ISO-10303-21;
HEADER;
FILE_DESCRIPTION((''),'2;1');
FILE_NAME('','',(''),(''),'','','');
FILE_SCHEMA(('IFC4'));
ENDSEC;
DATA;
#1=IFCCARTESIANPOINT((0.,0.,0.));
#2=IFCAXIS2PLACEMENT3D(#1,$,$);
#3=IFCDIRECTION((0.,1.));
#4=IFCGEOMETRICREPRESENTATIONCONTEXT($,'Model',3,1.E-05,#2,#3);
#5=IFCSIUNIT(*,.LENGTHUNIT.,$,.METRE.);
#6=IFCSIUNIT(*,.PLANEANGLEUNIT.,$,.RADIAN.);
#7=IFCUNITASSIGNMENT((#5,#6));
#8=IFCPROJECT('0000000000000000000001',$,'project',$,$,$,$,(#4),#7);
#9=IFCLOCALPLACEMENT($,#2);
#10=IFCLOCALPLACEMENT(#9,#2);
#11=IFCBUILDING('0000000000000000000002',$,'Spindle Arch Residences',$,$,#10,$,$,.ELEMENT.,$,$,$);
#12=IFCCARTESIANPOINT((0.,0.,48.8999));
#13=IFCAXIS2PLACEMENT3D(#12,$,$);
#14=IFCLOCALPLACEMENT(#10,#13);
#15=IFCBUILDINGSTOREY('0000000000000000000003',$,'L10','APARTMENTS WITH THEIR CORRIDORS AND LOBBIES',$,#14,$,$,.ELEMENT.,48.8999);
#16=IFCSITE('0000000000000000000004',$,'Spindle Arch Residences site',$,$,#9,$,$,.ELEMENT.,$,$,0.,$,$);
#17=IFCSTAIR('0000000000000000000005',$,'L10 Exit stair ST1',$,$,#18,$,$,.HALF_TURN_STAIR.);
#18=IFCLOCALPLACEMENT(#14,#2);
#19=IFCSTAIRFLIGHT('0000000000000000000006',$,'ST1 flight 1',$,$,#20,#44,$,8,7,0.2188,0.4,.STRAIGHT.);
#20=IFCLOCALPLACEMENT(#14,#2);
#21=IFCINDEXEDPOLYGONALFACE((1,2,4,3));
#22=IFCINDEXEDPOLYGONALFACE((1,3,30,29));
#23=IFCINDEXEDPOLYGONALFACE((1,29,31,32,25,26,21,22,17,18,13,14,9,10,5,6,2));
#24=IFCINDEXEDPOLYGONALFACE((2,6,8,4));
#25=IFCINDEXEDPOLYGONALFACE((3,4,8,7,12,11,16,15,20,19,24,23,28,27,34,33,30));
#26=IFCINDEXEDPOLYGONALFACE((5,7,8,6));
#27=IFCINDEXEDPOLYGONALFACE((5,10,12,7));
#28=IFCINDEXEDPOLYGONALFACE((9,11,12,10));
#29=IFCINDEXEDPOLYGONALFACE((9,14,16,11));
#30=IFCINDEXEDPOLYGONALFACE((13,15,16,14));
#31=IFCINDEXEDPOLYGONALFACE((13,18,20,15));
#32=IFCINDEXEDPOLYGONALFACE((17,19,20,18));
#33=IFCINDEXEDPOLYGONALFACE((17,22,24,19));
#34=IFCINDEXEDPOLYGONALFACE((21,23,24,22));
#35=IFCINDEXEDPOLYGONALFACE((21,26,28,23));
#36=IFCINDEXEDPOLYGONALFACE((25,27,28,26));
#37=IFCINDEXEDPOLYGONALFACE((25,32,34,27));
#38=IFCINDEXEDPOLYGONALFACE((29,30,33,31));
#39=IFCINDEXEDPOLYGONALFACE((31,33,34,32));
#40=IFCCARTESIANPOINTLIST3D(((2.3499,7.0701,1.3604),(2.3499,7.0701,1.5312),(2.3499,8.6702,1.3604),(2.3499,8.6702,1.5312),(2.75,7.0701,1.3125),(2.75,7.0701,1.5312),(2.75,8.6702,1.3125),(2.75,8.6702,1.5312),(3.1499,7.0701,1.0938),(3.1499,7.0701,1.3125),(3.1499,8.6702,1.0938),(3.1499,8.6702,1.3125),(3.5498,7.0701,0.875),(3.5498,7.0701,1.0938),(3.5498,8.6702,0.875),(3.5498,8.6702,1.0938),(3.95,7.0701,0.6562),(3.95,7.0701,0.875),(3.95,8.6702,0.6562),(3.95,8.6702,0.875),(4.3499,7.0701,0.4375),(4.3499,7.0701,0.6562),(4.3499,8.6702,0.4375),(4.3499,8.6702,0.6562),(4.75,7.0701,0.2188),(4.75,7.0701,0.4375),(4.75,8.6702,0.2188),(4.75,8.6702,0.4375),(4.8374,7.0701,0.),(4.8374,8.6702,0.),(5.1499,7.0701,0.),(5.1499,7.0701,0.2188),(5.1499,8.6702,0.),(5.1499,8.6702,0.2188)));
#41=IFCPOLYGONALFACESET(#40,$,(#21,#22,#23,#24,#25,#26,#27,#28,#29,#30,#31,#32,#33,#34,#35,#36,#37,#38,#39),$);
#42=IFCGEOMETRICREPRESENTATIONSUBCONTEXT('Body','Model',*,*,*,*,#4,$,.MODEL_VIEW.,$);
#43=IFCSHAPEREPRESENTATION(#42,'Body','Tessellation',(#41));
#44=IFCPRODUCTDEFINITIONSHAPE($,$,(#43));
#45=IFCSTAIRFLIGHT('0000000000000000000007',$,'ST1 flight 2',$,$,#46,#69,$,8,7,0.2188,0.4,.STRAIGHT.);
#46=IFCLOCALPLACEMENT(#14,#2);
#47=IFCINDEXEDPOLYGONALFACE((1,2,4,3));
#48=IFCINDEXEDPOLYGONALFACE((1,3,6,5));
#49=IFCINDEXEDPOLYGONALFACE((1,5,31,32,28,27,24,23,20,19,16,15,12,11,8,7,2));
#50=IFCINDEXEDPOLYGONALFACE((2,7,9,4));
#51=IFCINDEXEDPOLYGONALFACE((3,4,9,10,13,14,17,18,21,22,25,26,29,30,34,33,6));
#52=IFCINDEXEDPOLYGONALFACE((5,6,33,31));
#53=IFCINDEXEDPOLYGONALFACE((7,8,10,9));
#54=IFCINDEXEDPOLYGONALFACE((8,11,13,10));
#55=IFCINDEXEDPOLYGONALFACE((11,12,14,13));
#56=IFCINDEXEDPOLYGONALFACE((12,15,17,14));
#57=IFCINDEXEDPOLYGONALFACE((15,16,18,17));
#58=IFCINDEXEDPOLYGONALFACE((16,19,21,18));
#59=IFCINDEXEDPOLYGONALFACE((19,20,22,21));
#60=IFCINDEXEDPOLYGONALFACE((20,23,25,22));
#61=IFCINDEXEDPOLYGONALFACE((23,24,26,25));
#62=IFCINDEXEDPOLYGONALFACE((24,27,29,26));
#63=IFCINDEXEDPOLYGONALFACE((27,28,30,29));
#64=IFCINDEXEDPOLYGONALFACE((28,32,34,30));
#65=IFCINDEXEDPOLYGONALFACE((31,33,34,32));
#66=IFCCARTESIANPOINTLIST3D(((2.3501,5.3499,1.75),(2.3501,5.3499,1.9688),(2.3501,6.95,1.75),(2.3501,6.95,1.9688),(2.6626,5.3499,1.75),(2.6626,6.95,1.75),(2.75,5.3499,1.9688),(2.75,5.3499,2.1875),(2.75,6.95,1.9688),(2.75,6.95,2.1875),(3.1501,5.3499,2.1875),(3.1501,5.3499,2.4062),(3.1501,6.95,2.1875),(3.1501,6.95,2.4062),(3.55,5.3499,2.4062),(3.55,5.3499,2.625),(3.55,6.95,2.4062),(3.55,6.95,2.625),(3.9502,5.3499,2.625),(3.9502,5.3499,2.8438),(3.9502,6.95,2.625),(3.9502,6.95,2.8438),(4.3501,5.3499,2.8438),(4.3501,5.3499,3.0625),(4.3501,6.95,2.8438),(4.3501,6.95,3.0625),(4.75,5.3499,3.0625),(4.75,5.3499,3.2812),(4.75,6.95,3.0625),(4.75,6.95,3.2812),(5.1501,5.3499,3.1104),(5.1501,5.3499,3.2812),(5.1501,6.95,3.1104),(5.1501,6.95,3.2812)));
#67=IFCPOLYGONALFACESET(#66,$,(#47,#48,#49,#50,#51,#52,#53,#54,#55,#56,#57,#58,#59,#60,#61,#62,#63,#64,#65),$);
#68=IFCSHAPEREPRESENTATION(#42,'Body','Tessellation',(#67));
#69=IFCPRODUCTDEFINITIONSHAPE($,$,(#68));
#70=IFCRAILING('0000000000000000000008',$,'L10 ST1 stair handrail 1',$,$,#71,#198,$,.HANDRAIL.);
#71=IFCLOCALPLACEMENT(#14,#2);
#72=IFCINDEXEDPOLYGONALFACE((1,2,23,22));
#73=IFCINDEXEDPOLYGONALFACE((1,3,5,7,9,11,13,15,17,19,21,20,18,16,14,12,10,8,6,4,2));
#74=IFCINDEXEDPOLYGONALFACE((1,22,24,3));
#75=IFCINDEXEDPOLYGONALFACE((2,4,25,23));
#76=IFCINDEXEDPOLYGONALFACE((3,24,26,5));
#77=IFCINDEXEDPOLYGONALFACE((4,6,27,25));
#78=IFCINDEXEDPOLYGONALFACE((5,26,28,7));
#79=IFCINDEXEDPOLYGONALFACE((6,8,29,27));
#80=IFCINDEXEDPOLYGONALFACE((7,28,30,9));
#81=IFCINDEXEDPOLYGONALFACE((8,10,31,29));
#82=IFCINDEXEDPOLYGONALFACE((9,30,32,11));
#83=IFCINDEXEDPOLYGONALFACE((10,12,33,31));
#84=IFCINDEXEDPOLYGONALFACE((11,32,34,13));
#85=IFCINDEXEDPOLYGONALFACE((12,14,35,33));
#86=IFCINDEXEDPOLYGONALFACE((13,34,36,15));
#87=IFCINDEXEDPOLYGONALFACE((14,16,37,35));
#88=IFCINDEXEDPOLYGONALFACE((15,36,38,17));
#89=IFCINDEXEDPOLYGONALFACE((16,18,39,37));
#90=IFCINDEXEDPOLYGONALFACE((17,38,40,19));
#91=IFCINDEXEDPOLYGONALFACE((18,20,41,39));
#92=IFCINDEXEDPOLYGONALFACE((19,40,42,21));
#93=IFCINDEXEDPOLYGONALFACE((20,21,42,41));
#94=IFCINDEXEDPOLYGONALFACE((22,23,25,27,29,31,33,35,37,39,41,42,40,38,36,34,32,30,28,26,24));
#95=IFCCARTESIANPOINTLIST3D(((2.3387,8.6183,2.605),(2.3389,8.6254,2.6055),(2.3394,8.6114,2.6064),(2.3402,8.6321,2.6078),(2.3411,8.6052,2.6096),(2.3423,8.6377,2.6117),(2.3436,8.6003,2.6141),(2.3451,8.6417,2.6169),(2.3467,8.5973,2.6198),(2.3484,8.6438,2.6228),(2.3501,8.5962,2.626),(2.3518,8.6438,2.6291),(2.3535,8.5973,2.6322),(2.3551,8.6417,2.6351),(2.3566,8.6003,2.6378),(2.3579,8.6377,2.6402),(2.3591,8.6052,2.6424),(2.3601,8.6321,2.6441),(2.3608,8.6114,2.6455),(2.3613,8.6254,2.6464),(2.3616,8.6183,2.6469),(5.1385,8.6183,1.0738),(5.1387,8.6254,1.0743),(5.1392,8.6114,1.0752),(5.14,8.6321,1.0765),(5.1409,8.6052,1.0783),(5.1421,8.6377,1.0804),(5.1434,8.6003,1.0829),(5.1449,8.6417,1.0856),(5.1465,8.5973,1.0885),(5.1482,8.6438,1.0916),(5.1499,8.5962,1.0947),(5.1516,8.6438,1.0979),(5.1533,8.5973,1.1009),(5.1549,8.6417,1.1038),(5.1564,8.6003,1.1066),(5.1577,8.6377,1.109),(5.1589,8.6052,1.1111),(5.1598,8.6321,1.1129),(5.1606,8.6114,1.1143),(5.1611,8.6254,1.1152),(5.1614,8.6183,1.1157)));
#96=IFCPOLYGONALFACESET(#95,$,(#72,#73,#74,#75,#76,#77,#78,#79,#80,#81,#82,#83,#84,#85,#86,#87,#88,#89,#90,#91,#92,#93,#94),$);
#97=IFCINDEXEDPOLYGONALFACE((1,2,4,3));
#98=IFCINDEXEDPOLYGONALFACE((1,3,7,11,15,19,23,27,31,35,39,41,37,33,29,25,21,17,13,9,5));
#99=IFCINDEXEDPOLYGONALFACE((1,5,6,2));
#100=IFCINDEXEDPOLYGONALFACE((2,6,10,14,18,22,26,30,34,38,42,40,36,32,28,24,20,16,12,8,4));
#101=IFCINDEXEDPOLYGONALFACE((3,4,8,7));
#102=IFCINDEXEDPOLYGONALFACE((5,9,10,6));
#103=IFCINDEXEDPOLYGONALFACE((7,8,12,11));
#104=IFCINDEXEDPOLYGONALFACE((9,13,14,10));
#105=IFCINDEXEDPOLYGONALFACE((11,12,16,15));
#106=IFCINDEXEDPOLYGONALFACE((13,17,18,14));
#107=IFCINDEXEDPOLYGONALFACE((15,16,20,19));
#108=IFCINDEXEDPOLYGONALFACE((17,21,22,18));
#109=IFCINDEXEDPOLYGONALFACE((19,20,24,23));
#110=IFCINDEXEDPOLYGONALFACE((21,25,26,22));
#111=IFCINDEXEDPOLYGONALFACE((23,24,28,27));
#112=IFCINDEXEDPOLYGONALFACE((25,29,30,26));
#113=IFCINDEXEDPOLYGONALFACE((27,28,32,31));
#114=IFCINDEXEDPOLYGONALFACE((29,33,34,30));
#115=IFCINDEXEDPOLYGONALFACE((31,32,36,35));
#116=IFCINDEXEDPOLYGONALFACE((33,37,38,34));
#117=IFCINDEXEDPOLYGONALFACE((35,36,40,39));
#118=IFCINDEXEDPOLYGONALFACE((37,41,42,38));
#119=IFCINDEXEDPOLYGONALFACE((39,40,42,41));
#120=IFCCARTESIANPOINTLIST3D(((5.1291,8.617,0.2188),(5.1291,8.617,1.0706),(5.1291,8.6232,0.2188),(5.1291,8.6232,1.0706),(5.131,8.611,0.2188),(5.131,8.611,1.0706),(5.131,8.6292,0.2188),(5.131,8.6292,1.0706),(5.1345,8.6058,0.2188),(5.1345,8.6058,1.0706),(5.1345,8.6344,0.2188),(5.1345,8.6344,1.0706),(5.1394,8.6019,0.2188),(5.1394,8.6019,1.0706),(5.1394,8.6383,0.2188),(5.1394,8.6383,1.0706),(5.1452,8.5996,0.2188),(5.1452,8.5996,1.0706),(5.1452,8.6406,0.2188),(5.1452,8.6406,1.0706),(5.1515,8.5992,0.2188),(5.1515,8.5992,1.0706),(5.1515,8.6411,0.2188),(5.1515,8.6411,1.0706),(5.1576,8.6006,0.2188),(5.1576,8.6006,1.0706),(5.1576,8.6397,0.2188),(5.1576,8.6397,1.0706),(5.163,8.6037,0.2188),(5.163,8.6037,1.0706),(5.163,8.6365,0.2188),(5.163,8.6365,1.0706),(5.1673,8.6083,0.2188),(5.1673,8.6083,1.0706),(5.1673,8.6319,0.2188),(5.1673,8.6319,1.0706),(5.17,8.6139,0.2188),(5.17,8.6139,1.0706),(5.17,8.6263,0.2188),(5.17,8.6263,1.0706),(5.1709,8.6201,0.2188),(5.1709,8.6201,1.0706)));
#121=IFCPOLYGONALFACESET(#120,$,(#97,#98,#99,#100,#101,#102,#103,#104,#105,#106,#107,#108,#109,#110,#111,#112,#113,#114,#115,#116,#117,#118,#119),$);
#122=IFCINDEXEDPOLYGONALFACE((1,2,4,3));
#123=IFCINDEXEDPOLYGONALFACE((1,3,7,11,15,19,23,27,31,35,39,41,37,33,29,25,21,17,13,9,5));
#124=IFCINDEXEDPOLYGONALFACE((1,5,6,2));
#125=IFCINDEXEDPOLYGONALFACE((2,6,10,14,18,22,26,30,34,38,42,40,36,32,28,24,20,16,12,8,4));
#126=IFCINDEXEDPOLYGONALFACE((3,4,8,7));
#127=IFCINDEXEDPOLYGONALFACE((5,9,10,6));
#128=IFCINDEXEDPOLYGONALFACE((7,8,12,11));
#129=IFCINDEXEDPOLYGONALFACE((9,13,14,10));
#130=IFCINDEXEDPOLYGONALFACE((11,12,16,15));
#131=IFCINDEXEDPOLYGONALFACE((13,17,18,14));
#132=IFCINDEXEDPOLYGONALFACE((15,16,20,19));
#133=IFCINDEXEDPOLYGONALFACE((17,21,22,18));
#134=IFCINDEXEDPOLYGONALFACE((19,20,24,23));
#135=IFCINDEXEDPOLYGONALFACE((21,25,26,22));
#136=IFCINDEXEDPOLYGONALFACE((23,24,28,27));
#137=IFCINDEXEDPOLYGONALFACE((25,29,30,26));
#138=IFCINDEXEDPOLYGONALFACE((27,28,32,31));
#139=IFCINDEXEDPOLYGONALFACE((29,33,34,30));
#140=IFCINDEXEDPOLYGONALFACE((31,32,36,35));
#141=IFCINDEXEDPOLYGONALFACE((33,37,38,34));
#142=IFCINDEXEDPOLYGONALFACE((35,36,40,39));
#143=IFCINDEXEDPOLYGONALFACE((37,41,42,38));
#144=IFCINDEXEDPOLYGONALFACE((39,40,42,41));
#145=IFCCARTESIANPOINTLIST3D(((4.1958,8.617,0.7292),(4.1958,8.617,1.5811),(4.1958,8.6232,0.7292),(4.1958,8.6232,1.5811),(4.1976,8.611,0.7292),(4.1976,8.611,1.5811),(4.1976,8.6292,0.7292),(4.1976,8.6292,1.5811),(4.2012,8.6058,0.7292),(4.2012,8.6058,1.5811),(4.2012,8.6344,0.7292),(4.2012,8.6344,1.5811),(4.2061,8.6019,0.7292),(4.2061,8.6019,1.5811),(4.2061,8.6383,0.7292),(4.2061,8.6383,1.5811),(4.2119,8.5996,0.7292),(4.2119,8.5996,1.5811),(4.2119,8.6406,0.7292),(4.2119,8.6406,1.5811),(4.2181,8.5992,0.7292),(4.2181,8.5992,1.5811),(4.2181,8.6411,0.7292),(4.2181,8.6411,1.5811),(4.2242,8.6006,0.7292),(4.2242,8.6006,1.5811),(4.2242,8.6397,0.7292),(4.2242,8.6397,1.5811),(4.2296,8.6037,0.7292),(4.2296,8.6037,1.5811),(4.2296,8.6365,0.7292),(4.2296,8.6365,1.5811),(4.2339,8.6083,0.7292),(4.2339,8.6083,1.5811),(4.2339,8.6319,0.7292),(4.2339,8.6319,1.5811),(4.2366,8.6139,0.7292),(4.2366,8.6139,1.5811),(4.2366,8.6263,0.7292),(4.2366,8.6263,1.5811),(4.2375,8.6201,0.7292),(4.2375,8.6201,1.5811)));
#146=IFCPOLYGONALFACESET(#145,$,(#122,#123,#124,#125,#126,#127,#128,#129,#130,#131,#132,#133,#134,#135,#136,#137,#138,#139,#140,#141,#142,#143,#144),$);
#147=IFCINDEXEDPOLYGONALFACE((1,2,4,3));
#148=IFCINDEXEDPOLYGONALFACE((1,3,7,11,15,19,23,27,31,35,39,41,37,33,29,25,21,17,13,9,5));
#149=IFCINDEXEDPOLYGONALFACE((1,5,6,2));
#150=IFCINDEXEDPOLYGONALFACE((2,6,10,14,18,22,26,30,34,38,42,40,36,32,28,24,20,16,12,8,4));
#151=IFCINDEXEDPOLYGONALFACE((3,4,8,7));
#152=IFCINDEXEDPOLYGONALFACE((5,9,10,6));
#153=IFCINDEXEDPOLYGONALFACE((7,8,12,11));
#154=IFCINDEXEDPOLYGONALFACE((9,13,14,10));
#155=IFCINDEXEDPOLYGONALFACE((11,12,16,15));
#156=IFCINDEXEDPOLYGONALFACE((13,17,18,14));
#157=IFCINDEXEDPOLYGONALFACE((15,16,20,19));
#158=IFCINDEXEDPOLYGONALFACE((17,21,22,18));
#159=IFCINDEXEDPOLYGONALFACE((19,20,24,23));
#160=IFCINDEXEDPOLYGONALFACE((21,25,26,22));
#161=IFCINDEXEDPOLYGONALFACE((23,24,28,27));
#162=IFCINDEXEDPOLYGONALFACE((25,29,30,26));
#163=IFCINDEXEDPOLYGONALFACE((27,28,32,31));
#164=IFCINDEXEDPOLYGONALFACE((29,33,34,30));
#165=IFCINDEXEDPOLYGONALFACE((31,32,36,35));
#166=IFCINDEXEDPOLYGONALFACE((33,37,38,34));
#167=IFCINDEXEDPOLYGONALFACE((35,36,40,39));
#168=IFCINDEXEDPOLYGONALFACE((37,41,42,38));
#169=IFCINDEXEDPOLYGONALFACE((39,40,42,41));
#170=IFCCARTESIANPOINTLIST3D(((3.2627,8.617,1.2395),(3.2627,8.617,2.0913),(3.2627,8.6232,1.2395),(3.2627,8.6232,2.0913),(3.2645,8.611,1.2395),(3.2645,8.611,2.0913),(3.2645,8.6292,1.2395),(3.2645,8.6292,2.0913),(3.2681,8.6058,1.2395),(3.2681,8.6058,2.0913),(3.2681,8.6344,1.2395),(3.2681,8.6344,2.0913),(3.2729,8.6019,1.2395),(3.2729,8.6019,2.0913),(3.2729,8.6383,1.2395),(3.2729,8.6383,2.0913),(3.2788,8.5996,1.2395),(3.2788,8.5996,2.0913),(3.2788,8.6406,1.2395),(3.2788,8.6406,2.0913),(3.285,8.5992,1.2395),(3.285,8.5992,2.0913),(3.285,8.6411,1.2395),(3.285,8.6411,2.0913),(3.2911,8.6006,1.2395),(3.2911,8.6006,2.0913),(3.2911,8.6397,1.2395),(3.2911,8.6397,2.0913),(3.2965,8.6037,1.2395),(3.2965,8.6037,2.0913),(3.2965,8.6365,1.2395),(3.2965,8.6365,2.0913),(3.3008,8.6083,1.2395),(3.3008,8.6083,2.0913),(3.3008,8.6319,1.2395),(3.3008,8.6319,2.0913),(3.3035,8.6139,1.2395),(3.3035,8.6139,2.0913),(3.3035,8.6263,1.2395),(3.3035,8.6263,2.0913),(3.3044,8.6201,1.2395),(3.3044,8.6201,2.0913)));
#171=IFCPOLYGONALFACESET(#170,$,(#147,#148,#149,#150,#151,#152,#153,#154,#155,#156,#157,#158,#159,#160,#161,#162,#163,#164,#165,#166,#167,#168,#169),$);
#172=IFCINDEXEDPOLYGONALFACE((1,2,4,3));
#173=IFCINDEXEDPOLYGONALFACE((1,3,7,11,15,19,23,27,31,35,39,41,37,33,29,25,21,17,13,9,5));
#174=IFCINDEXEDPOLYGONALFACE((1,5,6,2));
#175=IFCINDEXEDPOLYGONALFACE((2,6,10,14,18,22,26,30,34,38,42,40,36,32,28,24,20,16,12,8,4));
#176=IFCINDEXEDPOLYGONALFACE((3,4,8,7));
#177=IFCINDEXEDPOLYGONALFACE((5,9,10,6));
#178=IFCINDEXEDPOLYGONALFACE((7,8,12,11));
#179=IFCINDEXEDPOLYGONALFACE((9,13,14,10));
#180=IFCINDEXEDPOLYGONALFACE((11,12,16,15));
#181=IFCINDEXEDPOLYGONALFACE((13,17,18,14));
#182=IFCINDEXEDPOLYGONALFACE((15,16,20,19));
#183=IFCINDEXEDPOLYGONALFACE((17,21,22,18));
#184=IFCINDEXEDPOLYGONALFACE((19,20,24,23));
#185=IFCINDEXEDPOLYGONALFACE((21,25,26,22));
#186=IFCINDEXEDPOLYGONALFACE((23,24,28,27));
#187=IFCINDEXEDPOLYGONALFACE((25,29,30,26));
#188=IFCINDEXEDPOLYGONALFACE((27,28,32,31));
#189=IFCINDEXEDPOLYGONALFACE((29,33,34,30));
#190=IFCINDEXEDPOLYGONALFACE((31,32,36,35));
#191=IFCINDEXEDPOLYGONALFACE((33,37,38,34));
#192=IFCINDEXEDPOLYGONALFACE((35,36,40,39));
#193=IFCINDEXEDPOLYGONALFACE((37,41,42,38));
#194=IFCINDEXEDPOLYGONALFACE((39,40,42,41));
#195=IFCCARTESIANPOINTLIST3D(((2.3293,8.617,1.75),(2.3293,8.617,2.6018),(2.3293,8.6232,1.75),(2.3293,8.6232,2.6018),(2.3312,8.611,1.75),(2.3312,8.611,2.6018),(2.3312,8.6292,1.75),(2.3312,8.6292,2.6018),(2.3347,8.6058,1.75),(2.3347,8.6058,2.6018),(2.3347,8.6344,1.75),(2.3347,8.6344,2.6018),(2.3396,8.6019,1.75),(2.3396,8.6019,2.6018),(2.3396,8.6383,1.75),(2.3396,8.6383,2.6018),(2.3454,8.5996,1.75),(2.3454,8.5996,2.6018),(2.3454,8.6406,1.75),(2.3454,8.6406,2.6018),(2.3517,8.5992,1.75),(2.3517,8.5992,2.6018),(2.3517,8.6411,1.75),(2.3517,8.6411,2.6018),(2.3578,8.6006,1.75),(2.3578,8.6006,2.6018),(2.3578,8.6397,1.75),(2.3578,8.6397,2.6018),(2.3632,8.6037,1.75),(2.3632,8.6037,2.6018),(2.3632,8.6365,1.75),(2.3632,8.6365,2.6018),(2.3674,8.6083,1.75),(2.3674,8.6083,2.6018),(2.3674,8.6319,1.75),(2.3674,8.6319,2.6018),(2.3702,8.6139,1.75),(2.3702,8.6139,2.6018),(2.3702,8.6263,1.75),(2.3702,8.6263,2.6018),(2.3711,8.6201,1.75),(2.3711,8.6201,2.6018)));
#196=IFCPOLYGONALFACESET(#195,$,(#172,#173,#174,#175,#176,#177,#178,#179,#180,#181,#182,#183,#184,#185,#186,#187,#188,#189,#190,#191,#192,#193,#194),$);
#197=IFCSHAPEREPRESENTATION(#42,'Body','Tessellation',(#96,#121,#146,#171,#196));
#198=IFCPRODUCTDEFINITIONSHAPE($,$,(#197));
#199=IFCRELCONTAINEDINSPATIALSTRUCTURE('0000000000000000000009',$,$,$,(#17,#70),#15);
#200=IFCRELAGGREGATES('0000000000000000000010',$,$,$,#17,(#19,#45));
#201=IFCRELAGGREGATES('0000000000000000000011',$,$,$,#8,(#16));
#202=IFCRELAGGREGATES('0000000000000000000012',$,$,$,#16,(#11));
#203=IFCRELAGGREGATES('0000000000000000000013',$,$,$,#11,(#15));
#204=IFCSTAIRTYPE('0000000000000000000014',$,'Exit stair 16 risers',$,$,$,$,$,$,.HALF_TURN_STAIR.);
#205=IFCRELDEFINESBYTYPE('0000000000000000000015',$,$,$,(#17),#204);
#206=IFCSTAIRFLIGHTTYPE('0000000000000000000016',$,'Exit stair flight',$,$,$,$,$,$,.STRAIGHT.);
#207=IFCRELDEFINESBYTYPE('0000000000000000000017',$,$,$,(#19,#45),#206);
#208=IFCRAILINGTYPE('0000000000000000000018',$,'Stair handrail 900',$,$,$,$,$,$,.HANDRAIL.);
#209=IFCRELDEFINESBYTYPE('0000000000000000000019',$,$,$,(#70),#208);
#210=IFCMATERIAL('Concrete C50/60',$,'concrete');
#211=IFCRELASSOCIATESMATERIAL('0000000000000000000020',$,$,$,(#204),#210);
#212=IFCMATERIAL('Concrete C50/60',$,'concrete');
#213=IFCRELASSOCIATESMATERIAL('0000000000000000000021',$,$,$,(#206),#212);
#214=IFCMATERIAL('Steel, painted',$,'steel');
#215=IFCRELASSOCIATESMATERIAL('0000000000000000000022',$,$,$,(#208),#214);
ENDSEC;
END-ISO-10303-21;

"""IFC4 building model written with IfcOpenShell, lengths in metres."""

from ifc_helpers import new_model, si_unit, direction, frame, origin, origin_2d, place, context, subcontext, project, spatial, polyline, circle, outline, extrude, material, type_object, element, aggregate, save


model = new_model("IFC4")

# Units and contexts
model_context = context("Model", 3, precision=1e-05, world=origin(), true_north=direction((0.0, 1.0)))
body_context = subcontext(model_context, "Body", "Model", "MODEL_VIEW")
ifc_project = project(units=[si_unit("LENGTHUNIT", "METRE"), si_unit("PLANEANGLEUNIT", "RADIAN")], contexts=[model_context])

# Site, building, storey
site_placement = place(None, origin())
site = spatial("IfcSite", under=ifc_project, at=site_placement, Name="Spindle Arch Residences site", CompositionType="ELEMENT", RefElevation=0.0)
building_placement = place(site_placement, origin())
building = spatial("IfcBuilding", under=site, at=building_placement, Name="Spindle Arch Residences", CompositionType="ELEMENT")
storey_placement = place(building_placement, frame((0.0, 0.0, 48.8999)))
storey = spatial("IfcBuildingStorey", under=building, at=storey_placement, Name="L10", Description="APARTMENTS WITH THEIR CORRIDORS AND LOBBIES", CompositionType="ELEMENT", Elevation=48.8999)

# Stair
ifc_material_1 = material(Name="Concrete C50/60", Category="concrete")
stair_type = type_object("IfcStairType", Name="Exit stair 16 risers", PredefinedType="HALF_TURN_STAIR", material=ifc_material_1)
stair_1_placement = place(storey_placement, origin())
stair_1 = element("IfcStair", 1, at=stair_1_placement, inside=storey, type_object=stair_type, Name="L10 Exit stair ST1", PredefinedType="HALF_TURN_STAIR")

# Stair flights
ifc_material_2 = material(Name="Concrete C50/60", Category="concrete")
stair_flight_type = type_object("IfcStairFlightType", Name="Exit stair flight", PredefinedType="STRAIGHT", material=ifc_material_2)
stair_flight_1_placement = place(storey_placement, frame((5.1499, 7.8701, 0.0), z_axis=(0.0, 0.0, 1.0), x_axis=(-1.0, 0.0, 0.0)))
stair_flight_1 = element("IfcStairFlight", 2, at=stair_flight_1_placement, type_object=stair_flight_type, Name="ST1 flight 1", NumberOfRisers=8, NumberOfTreads=7, PredefinedType="STRAIGHT", RiserHeight=0.2188, TreadLength=0.4, context=body_context, shape_type="SweptSolid", body=[
    extrude(outline(polyline([(0.0, 0.0), (0.0, 0.2188), (0.3999, 0.2188), (0.3999, 0.4375), (0.8, 0.4375), (0.8, 0.6562), (1.2, 0.6562), (1.2, 0.875), (1.6001, 0.875), (1.6001, 1.0938), (2.0, 1.0938), (2.0, 1.3125), (2.3999, 1.3125), (2.3999, 1.5312), (2.8, 1.5312), (2.8, 1.75), (2.8, 1.3604), (0.3125, 0.0), (0.0, 0.0)])), frame((0.0, 0.8, 0.0), z_axis=(0.0, -1.0, 0.0), x_axis=(1.0, 0.0, 0.0)), (0.0, 0.0, 1.0), 1.6001),
])
stair_flight_2_placement = place(storey_placement, frame((2.3501, 6.1499, 1.75), z_axis=(0.0, 0.0, 1.0), x_axis=(1.0, 0.0, 0.0)))
stair_flight_2 = element("IfcStairFlight", 3, at=stair_flight_2_placement, type_object=stair_flight_type, Name="ST1 flight 2", NumberOfRisers=8, NumberOfTreads=7, PredefinedType="STRAIGHT", RiserHeight=0.2188, TreadLength=0.4, context=body_context, shape_type="SweptSolid", body=[
    extrude(outline(polyline([(0.0, 0.0), (0.0, 0.2188), (0.3999, 0.2188), (0.3999, 0.4375), (0.8, 0.4375), (0.8, 0.6562), (1.2, 0.6562), (1.2, 0.875), (1.6001, 0.875), (1.6001, 1.0938), (2.0, 1.0938), (2.0, 1.3125), (2.3999, 1.3125), (2.3999, 1.5312), (2.8, 1.5312), (2.8, 1.75), (2.8, 1.3604), (0.3125, 0.0), (0.0, 0.0)])), frame((0.0, 0.8, 0.0), z_axis=(0.0, -1.0, 0.0), x_axis=(1.0, 0.0, 0.0)), (0.0, 0.0, 1.0), 1.6001),
])
aggregate(stair_1, [stair_flight_1, stair_flight_2])

# Railing
ifc_material_3 = material(Name="Steel, painted", Category="steel")
railing_type_1 = type_object("IfcRailingType", Name="Stair handrail 900", PredefinedType="HANDRAIL", material=ifc_material_3)
railing_1_placement = place(storey_placement, frame((5.1499, 8.6201, 0.2188)))
element("IfcRailing", 4, at=railing_1_placement, inside=storey, type_object=railing_type_1, Name="L10 ST1 stair handrail 1", PredefinedType="HANDRAIL", context=body_context, shape_type="SweptSolid", body=[
    extrude(circle(Radius=0.0239, at=origin_2d()), frame((0.0, 0.0, 0.876), z_axis=(-0.877357, 0.0, 0.479838), x_axis=(0.0, -1.0, 0.0)), (0.0, 0.0, 1.0), 3.1912),
    extrude(circle(Radius=0.021, at=origin_2d()), origin(), (0.0, 0.0, 1.0), 0.8518),
    extrude(circle(Radius=0.021, at=origin_2d()), frame((-0.9333, 0.0, 0.5105)), (0.0, 0.0, 1.0), 0.8518),
    extrude(circle(Radius=0.021, at=origin_2d()), frame((-1.8665, 0.0, 1.0208)), (0.0, 0.0, 1.0), 0.8518),
    extrude(circle(Radius=0.021, at=origin_2d()), frame((-2.7998, 0.0, 1.5312)), (0.0, 0.0, 1.0), 0.8518),
])

save(model, "model.ifc")
